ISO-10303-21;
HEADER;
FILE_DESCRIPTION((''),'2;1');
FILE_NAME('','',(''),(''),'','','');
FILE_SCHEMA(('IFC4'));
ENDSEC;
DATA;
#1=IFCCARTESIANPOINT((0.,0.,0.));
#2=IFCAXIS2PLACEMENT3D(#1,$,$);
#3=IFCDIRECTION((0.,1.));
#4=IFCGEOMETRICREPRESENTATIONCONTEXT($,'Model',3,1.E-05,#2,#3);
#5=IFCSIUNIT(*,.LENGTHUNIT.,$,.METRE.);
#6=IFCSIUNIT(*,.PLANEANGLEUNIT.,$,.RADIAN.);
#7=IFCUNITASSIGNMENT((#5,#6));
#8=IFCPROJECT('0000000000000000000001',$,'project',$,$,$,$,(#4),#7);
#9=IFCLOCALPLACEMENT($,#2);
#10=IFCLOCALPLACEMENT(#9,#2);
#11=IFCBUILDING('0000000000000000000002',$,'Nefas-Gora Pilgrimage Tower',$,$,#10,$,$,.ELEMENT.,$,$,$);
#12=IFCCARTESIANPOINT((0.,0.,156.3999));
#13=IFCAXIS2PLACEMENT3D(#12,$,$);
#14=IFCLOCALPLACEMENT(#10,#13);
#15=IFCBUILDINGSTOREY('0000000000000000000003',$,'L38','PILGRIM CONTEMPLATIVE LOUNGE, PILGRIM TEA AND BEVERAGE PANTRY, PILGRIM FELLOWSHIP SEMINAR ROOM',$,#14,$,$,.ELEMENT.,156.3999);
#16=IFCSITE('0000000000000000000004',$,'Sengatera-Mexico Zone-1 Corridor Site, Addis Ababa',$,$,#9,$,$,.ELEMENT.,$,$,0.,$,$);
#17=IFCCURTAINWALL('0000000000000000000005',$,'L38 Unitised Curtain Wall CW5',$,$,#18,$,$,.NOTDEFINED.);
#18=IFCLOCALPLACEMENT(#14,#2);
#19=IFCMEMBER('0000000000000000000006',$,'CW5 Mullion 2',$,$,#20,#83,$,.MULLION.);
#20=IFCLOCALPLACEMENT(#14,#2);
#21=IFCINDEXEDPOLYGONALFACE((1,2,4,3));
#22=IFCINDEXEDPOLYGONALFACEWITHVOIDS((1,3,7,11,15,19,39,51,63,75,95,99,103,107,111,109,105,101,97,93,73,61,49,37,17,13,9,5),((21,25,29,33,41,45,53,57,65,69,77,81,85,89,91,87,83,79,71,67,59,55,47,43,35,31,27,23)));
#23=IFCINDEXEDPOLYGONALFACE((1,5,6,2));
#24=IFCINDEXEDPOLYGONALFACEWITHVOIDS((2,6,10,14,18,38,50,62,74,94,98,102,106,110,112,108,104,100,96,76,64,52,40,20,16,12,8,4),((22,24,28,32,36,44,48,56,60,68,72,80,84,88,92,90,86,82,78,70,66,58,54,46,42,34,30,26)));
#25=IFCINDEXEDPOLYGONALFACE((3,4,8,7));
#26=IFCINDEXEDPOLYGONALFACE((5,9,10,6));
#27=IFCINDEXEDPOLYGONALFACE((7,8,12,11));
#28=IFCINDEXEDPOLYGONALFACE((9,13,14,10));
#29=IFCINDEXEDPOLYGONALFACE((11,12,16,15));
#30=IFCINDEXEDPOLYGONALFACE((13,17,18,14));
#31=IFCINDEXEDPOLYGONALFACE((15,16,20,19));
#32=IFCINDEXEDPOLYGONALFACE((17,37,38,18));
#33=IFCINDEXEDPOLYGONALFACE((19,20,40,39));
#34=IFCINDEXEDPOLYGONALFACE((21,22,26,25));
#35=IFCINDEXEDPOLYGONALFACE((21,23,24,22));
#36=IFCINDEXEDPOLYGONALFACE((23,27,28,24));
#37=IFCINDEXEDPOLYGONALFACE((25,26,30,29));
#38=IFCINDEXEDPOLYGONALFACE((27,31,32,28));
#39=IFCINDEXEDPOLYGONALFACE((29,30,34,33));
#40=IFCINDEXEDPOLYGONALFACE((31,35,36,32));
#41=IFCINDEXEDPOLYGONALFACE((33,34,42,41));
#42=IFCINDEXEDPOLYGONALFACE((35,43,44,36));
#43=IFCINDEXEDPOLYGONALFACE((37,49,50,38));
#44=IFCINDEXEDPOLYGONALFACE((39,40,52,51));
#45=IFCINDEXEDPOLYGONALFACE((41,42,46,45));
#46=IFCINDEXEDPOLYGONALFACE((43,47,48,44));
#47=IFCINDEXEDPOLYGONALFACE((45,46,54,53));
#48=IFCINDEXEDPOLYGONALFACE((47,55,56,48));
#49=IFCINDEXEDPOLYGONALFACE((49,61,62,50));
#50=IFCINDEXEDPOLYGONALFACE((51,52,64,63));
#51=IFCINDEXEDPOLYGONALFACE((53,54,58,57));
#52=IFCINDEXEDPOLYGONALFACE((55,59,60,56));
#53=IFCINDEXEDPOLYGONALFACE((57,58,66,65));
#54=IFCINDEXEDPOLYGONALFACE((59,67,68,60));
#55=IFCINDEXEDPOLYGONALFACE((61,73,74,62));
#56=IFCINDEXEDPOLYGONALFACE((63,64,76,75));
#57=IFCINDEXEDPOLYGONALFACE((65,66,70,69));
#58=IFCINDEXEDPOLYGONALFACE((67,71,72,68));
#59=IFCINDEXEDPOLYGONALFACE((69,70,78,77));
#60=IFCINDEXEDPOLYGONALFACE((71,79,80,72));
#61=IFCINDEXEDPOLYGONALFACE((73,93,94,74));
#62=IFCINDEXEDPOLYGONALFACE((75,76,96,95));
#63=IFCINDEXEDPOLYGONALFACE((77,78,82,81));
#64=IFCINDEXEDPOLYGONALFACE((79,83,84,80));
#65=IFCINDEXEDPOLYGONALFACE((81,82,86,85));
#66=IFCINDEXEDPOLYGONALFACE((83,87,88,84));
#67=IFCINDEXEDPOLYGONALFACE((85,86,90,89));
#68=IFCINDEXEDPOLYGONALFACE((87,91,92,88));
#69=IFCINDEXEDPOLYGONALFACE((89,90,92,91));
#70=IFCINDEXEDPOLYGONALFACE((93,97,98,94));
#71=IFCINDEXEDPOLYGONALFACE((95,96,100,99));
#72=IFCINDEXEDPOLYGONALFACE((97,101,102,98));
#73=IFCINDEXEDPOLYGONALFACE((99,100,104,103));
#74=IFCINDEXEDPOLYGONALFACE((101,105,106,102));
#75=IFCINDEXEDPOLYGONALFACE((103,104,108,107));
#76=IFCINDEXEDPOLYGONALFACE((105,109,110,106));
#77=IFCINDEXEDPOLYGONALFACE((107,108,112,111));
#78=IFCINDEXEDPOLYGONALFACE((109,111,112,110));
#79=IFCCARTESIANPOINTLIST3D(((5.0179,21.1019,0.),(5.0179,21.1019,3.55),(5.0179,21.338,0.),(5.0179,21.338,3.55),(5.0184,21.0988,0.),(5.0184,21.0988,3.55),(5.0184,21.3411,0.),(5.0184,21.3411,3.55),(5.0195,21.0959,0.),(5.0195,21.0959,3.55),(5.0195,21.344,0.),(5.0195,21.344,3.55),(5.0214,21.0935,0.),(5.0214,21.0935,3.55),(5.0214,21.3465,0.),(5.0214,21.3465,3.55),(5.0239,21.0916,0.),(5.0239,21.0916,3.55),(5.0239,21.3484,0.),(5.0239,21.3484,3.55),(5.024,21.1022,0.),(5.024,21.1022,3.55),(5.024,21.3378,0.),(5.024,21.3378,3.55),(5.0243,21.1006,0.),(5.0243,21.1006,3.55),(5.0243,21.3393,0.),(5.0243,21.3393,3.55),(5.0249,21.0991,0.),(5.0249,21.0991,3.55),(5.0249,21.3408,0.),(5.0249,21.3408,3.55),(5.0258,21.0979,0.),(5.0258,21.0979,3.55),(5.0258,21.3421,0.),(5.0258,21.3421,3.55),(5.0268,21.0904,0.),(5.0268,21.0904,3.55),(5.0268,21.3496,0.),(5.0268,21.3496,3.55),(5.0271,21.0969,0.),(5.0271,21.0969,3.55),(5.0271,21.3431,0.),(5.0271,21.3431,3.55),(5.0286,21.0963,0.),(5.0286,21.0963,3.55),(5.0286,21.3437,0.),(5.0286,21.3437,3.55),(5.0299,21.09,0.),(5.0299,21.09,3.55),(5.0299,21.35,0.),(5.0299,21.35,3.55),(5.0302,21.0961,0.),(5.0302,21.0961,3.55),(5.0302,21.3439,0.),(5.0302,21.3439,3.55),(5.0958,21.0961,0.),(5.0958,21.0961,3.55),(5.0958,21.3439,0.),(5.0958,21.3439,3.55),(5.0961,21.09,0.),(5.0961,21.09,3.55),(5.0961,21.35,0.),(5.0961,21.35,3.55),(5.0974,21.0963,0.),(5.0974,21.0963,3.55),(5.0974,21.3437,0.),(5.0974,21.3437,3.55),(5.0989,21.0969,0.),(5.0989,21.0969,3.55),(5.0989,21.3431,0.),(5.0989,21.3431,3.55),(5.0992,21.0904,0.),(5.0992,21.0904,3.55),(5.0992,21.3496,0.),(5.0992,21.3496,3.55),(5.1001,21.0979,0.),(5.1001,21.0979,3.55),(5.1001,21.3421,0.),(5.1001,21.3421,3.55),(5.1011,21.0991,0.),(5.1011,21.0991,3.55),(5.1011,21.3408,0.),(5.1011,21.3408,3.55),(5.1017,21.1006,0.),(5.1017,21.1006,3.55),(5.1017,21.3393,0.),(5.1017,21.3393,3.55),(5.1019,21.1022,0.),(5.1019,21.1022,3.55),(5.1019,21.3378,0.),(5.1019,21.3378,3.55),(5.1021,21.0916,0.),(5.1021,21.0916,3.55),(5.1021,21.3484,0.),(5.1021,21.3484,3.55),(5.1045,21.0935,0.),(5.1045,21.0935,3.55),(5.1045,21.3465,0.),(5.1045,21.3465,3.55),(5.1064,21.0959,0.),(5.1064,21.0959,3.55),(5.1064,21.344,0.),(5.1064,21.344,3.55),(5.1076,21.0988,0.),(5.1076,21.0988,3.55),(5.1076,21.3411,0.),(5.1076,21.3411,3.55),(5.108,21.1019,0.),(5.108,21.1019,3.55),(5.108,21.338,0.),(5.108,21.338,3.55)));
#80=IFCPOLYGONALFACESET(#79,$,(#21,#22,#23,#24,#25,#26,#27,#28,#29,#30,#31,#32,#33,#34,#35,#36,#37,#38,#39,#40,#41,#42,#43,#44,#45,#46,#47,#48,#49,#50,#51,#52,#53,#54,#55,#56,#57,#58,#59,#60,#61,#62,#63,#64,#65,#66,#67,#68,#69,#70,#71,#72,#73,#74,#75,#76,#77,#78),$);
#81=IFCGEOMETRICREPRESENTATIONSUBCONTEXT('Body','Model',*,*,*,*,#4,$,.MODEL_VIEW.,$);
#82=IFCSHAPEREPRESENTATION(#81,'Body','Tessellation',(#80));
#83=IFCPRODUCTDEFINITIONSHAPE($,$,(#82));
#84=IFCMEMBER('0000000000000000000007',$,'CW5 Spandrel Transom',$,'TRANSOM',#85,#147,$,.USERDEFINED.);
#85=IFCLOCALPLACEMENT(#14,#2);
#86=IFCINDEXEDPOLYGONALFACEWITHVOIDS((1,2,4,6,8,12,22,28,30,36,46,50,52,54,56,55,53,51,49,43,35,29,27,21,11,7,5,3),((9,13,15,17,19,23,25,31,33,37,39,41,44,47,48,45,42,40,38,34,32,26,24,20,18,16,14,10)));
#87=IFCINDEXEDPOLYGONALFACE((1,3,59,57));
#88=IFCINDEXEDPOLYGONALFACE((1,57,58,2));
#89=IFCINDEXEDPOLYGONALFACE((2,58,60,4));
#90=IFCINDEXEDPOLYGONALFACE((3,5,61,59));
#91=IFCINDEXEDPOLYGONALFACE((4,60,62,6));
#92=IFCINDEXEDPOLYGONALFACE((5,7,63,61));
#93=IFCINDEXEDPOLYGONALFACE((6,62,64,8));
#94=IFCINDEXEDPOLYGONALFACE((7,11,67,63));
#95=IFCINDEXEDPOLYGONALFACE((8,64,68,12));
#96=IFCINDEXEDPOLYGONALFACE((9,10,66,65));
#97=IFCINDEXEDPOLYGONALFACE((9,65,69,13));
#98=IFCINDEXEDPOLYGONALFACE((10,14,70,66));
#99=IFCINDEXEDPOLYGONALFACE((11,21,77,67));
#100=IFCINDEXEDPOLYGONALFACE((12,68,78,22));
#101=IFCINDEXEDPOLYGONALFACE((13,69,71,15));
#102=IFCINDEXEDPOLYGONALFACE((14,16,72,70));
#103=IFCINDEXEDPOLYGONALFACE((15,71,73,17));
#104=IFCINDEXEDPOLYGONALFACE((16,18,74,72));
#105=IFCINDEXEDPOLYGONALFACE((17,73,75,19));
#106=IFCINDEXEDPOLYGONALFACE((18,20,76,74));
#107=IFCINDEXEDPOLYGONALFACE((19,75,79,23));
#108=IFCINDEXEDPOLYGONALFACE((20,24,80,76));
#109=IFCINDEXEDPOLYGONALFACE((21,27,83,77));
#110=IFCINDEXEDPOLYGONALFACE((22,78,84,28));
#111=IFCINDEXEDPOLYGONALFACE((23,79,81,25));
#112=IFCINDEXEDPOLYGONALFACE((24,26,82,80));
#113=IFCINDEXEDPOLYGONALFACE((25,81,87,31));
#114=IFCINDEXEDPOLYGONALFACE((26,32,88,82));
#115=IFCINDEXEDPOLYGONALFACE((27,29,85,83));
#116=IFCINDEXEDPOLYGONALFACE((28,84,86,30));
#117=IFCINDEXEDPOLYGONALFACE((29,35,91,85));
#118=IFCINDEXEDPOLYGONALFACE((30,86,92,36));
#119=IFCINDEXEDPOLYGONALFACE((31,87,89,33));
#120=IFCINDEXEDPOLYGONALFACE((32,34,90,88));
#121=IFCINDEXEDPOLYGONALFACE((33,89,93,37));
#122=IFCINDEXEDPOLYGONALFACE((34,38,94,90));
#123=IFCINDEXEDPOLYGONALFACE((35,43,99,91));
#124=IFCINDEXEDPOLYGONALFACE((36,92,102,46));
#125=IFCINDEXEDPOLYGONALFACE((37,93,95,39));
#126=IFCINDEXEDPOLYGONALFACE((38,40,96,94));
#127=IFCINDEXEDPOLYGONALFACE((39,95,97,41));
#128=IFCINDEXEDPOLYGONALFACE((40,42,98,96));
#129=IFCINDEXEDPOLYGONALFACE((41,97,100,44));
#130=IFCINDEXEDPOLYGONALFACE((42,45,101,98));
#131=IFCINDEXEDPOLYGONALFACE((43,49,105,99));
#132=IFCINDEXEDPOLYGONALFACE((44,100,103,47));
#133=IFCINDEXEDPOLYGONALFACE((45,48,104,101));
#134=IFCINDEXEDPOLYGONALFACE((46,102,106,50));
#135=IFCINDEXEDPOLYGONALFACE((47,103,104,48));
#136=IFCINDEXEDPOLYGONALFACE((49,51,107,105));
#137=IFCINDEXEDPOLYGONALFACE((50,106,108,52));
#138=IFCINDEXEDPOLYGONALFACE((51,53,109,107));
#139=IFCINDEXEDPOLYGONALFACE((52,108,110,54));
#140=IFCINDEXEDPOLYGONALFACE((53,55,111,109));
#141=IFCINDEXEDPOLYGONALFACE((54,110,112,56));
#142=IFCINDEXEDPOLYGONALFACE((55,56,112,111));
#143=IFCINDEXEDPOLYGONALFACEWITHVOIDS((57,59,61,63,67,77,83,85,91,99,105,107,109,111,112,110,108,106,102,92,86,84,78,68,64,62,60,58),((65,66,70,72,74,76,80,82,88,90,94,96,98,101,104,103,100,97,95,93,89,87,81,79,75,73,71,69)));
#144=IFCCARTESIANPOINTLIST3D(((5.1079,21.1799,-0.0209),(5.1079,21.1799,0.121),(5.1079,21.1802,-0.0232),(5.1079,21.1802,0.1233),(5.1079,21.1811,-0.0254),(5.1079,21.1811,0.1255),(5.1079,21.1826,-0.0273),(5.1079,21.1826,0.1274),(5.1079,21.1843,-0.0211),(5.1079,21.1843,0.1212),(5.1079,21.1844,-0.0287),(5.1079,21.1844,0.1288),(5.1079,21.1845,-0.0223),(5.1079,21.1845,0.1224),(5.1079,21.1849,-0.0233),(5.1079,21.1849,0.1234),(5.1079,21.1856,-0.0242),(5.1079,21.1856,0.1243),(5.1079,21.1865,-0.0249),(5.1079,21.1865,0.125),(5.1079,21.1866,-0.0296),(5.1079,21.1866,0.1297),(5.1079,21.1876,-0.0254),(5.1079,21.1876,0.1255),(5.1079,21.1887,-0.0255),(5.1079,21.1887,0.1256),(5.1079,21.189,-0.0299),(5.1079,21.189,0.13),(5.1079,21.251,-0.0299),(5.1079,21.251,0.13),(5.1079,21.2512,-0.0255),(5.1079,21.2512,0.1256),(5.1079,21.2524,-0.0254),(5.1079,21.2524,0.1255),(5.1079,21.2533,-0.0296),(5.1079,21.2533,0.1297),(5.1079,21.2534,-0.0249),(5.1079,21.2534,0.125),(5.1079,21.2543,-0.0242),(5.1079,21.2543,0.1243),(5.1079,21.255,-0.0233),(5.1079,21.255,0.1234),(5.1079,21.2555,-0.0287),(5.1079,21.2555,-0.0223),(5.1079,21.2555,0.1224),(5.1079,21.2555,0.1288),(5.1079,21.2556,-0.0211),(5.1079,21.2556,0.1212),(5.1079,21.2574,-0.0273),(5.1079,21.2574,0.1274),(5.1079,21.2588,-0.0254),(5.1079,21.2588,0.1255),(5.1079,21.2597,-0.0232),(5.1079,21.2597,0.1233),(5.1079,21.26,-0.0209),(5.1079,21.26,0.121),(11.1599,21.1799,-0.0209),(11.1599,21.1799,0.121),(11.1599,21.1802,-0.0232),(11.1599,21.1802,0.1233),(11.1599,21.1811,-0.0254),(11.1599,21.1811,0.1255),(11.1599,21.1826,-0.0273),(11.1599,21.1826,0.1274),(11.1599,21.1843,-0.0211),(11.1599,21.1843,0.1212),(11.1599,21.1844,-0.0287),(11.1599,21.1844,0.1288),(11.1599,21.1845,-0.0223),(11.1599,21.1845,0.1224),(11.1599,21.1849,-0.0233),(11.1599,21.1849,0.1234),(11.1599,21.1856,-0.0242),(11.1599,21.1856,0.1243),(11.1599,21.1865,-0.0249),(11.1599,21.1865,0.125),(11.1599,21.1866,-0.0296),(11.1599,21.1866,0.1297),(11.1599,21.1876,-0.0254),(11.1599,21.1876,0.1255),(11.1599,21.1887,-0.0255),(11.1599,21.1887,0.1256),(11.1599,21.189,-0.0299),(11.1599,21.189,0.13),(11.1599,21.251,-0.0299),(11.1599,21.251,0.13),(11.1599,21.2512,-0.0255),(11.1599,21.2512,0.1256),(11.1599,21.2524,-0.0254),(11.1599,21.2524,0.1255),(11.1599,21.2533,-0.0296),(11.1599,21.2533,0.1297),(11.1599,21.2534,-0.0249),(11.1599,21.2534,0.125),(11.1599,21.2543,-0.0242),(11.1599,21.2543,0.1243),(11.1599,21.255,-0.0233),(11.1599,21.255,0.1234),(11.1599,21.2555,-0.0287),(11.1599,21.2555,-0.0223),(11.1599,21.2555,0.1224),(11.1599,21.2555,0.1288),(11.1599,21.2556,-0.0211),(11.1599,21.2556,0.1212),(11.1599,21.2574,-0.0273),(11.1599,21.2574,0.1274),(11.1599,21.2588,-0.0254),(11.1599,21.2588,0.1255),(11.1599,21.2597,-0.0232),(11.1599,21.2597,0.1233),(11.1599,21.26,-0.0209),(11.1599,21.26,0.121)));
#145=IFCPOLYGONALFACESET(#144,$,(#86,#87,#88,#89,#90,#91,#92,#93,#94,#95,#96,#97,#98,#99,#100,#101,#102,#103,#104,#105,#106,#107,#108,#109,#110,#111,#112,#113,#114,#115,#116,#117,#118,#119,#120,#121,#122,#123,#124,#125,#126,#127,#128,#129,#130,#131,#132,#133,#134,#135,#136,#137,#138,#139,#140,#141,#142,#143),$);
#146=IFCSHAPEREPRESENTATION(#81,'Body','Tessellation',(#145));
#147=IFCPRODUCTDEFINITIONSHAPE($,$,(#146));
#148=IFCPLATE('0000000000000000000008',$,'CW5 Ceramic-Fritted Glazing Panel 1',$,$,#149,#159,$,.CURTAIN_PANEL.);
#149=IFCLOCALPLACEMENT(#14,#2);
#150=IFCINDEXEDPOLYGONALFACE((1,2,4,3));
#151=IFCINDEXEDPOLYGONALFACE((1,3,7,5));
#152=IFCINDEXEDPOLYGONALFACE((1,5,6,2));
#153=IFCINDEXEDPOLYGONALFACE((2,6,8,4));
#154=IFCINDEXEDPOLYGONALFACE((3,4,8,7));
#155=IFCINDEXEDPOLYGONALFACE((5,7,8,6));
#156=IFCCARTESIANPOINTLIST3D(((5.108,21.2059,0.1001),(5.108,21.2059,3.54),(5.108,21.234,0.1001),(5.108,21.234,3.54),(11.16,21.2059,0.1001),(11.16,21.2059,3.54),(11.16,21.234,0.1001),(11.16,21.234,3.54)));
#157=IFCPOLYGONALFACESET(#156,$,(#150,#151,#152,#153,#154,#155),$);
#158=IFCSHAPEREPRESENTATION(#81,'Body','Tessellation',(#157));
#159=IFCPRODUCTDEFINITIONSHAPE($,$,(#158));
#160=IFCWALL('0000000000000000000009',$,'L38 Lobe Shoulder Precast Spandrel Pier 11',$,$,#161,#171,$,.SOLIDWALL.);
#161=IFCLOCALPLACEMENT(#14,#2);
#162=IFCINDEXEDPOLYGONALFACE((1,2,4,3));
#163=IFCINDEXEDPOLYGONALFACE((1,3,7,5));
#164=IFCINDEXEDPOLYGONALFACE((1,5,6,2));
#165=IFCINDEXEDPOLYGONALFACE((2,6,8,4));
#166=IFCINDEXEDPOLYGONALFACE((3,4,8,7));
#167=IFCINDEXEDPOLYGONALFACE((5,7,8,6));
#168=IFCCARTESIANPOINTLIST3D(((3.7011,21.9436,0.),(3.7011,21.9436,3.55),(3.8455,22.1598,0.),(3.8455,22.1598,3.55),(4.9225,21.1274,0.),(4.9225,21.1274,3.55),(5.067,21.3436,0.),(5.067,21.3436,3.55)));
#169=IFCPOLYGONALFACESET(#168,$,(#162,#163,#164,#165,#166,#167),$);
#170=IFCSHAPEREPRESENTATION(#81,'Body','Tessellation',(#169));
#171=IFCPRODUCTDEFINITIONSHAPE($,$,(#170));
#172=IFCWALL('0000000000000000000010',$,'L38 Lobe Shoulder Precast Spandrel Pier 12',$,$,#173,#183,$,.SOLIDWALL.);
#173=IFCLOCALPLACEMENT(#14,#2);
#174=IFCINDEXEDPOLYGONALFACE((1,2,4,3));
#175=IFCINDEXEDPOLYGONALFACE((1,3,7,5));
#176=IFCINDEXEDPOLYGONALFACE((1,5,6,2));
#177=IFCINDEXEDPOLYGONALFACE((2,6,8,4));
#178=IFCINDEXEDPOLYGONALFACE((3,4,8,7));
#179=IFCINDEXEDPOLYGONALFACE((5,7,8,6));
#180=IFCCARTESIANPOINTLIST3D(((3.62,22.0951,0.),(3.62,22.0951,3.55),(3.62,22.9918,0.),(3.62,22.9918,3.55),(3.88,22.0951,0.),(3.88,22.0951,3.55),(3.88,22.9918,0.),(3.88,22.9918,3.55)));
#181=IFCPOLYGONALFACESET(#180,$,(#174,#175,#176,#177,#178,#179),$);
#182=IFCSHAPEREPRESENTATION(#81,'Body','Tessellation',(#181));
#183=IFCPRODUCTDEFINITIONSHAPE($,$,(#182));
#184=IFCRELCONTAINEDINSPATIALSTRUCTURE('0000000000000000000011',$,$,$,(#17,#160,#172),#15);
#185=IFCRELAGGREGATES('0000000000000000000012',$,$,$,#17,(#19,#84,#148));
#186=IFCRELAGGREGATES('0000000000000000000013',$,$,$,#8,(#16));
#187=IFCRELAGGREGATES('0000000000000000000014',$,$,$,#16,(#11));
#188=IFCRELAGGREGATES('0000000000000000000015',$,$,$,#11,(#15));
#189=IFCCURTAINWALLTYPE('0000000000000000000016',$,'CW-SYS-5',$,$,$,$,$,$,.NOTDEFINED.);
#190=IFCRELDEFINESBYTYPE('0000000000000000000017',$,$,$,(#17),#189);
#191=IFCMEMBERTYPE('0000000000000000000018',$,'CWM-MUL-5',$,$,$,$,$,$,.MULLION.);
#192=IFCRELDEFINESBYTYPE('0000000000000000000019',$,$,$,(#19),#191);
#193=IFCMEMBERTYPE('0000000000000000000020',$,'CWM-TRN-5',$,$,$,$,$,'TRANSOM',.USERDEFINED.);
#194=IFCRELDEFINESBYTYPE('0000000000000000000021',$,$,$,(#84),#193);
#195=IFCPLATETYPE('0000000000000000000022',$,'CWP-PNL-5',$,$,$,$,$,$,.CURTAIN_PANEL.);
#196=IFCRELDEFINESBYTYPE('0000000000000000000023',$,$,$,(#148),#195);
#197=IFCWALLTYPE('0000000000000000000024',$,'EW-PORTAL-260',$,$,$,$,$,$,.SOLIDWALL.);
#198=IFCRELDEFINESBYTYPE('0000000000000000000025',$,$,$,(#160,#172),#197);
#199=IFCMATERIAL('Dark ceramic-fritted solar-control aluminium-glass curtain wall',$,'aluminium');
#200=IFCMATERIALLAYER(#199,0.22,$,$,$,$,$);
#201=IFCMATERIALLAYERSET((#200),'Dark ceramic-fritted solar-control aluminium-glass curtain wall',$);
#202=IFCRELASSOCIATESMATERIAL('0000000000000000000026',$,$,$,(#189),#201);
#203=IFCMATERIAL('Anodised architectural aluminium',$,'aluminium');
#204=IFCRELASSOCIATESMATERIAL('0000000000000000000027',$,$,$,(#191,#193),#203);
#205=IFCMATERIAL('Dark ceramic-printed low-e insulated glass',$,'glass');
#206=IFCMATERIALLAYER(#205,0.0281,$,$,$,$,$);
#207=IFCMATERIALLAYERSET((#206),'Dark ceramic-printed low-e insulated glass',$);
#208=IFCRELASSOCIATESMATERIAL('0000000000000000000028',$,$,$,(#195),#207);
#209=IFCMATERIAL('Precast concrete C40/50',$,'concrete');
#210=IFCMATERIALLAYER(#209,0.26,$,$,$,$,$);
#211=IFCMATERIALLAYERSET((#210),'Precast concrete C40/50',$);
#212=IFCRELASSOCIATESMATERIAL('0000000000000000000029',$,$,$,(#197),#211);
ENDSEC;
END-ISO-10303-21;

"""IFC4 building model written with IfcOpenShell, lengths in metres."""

from ifc_helpers import new_model, si_unit, direction, frame, frame_2d, origin, origin_2d, place, context, subcontext, project, spatial, rectangle, hollow_rectangle, extrude, source, transform, mapped, material, layer, layer_set, material_profile, profile_set, type_object, element, aggregate, save


model = new_model("IFC4")

# Units and contexts
model_context = context("Model", 3, precision=1e-05, world=origin(), true_north=direction((0.0, 1.0)))
body_context = subcontext(model_context, "Body", "Model", "MODEL_VIEW")
ifc_project = project(units=[si_unit("LENGTHUNIT", "METRE"), si_unit("PLANEANGLEUNIT", "RADIAN")], contexts=[model_context])

# Site, building, storey
site_placement = place(None, origin())
site = spatial("IfcSite", under=ifc_project, at=site_placement, Name="Sengatera-Mexico Zone-1 Corridor Site, Addis Ababa", CompositionType="ELEMENT", RefElevation=0.0)
building_placement = place(site_placement, origin())
building = spatial("IfcBuilding", under=site, at=building_placement, Name="Nefas-Gora Pilgrimage Tower", CompositionType="ELEMENT")
storey_placement = place(building_placement, frame((0.0, 0.0, 156.3999)))
storey = spatial("IfcBuildingStorey", under=building, at=storey_placement, Name="L38", Description="PILGRIM CONTEMPLATIVE LOUNGE, PILGRIM TEA AND BEVERAGE PANTRY, PILGRIM FELLOWSHIP SEMINAR ROOM", CompositionType="ELEMENT", Elevation=156.3999)

# Curtain wall, members, plate
ifc_material_1 = material(Name="Dark ceramic-fritted solar-control aluminium-glass curtain wall", Category="aluminium")
ifc_layer_1 = layer(ifc_material_1, 0.22)
ifc_layer_set_1 = layer_set([ifc_layer_1], Name="Dark ceramic-fritted solar-control aluminium-glass curtain wall")
curtain_wall_type = type_object("IfcCurtainWallType", Name="CW-SYS-5", PredefinedType="NOTDEFINED", material=ifc_layer_set_1)
curtain_wall_placement = place(storey_placement, origin())
curtain_wall = element("IfcCurtainWall", 1, at=curtain_wall_placement, inside=storey, type_object=curtain_wall_type, Name="L38 Unitised Curtain Wall CW5", PredefinedType="NOTDEFINED")
ifc_material_2 = material(Name="Anodised architectural aluminium", Category="aluminium")
ifc_material_profile_1 = material_profile(ifc_material_2, hollow_rectangle(XDim=0.0901, YDim=0.26, WallThickness=0.0061, InnerFilletRadius=0.0061, OuterFilletRadius=0.012, at=origin_2d()), Name="ALU MULLION 90x260")
ifc_profile_set_1 = profile_set([ifc_material_profile_1], Name="Anodised architectural aluminium")
member_type_1 = type_object("IfcMemberType", Name="CWM-MUL-5", PredefinedType="MULLION", material=ifc_profile_set_1)
shared_shape_1 = source(origin(), body_context, "Body", "SweptSolid", [
    extrude(hollow_rectangle(XDim=0.0901, YDim=0.26, WallThickness=0.0061, InnerFilletRadius=0.0061, OuterFilletRadius=0.012, at=origin_2d()), origin(), (0.0, 0.0, 1.0), 3.55),
])
member_1_placement = place(storey_placement, frame((5.063, 21.22, 0.0), z_axis=(0.0, 0.0, 1.0), x_axis=(-1.0, 0.0, 0.0)))
member_1 = element("IfcMember", 2, at=member_1_placement, type_object=member_type_1, Name="CW5 Mullion 2", PredefinedType="MULLION", context=body_context, shape_type="MappedRepresentation", body=[
    mapped(shared_shape_1, transform((0.0, 0.0, 0.0), x_axis=(1.0, 0.0, 0.0), y_axis=(0.0, 1.0, 0.0), z_axis=(0.0, 0.0, 1.0), scale=1.0)),
])
ifc_material_profile_2 = material_profile(ifc_material_2, hollow_rectangle(XDim=0.0801, YDim=0.1599, WallThickness=0.0044, InnerFilletRadius=0.0044, OuterFilletRadius=0.009, at=origin_2d()), Name="ALU TRANSOM 80x160")
ifc_profile_set_2 = profile_set([ifc_material_profile_2], Name="Anodised architectural aluminium")
member_type_2 = type_object("IfcMemberType", Name="CWM-TRN-5", ElementType="TRANSOM", PredefinedType="USERDEFINED", material=ifc_profile_set_2)
shared_shape_2 = source(origin(), body_context, "Body", "SweptSolid", [
    extrude(hollow_rectangle(XDim=0.0801, YDim=0.1599, WallThickness=0.0044, InnerFilletRadius=0.0044, OuterFilletRadius=0.009, at=origin_2d()), origin(), (0.0, 0.0, 1.0), 6.052),
])
member_2_placement = place(storey_placement, frame((11.1599, 21.22, 0.05), z_axis=(-1.0, 0.0, 0.0), x_axis=(0.0, -1.0, 0.0)))
member_2 = element("IfcMember", 3, at=member_2_placement, type_object=member_type_2, Name="CW5 Spandrel Transom", ObjectType="TRANSOM", PredefinedType="USERDEFINED", context=body_context, shape_type="MappedRepresentation", body=[
    mapped(shared_shape_2, transform((0.0, 0.0, 0.0), x_axis=(1.0, 0.0, 0.0), y_axis=(0.0, 1.0, 0.0), z_axis=(0.0, 0.0, 1.0), scale=1.0)),
])
ifc_material_3 = material(Name="Dark ceramic-printed low-e insulated glass", Category="glass")
ifc_layer_2 = layer(ifc_material_3, 0.0281)
ifc_layer_set_2 = layer_set([ifc_layer_2], Name="Dark ceramic-printed low-e insulated glass")
plate_type = type_object("IfcPlateType", Name="CWP-PNL-5", PredefinedType="CURTAIN_PANEL", material=ifc_layer_set_2)
shared_shape_3 = source(origin(), body_context, "Body", "SweptSolid", [
    extrude(rectangle(XDim=6.052, YDim=0.0281, at=origin_2d()), origin(), (0.0, 0.0, 1.0), 3.4399),
])
plate_placement = place(storey_placement, frame((8.134, 21.22, 0.1001), z_axis=(0.0, 0.0, 1.0), x_axis=(-1.0, 0.0, 0.0)))
plate = element("IfcPlate", 4, at=plate_placement, type_object=plate_type, Name="CW5 Ceramic-Fritted Glazing Panel 1", PredefinedType="CURTAIN_PANEL", context=body_context, shape_type="MappedRepresentation", body=[
    mapped(shared_shape_3, transform((0.0, 0.0, 0.0), x_axis=(1.0, 0.0, 0.0), y_axis=(0.0, 1.0, 0.0), z_axis=(0.0, 0.0, 1.0), scale=1.0)),
])
aggregate(curtain_wall, [member_1, member_2, plate])

# Walls
ifc_material_4 = material(Name="Precast concrete C40/50", Category="concrete")
ifc_layer_3 = layer(ifc_material_4, 0.26)
ifc_layer_set_3 = layer_set([ifc_layer_3], Name="Precast concrete C40/50")
wall_type_1 = type_object("IfcWallType", Name="EW-PORTAL-260", PredefinedType="SOLIDWALL", material=ifc_layer_set_3)
shared_shape_4 = source(origin(), body_context, "Body", "SweptSolid", [
    extrude(rectangle(XDim=1.469, YDim=0.26, at=frame_2d((0.7344, 0.0))), origin(), (0.0, 0.0, 1.0), 3.55),
])
wall_1_placement = place(storey_placement, frame((4.9946, 21.2356, 0.0), z_axis=(0.0, 0.0, 1.0), x_axis=(-0.831462, 0.555582, 0.0)))
element("IfcWall", 5, at=wall_1_placement, inside=storey, type_object=wall_type_1, Name="L38 Lobe Shoulder Precast Spandrel Pier 11", PredefinedType="SOLIDWALL", context=body_context, shape_type="MappedRepresentation", body=[
    mapped(shared_shape_4, transform((0.0, 0.0, 0.0), x_axis=(1.0, 0.0, 0.0), y_axis=(0.0, 1.0, 0.0), z_axis=(0.0, 0.0, 1.0), scale=1.0)),
])
shared_shape_5 = source(origin(), body_context, "Body", "SweptSolid", [
    extrude(rectangle(XDim=0.8967, YDim=0.26, at=frame_2d((0.4482, 0.0))), origin(), (0.0, 0.0, 1.0), 3.55),
])
wall_2_placement = place(storey_placement, frame((3.75, 22.0952, 0.0), z_axis=(0.0, 0.0, 1.0), x_axis=(0.0, 1.0, 0.0)))
element("IfcWall", 6, at=wall_2_placement, inside=storey, type_object=wall_type_1, Name="L38 Lobe Shoulder Precast Spandrel Pier 12", PredefinedType="SOLIDWALL", context=body_context, shape_type="MappedRepresentation", body=[
    mapped(shared_shape_5, transform((0.0, 0.0, 0.0), x_axis=(1.0, 0.0, 0.0), y_axis=(0.0, 1.0, 0.0), z_axis=(0.0, 0.0, 1.0), scale=1.0)),
])

save(model, "model.ifc")
